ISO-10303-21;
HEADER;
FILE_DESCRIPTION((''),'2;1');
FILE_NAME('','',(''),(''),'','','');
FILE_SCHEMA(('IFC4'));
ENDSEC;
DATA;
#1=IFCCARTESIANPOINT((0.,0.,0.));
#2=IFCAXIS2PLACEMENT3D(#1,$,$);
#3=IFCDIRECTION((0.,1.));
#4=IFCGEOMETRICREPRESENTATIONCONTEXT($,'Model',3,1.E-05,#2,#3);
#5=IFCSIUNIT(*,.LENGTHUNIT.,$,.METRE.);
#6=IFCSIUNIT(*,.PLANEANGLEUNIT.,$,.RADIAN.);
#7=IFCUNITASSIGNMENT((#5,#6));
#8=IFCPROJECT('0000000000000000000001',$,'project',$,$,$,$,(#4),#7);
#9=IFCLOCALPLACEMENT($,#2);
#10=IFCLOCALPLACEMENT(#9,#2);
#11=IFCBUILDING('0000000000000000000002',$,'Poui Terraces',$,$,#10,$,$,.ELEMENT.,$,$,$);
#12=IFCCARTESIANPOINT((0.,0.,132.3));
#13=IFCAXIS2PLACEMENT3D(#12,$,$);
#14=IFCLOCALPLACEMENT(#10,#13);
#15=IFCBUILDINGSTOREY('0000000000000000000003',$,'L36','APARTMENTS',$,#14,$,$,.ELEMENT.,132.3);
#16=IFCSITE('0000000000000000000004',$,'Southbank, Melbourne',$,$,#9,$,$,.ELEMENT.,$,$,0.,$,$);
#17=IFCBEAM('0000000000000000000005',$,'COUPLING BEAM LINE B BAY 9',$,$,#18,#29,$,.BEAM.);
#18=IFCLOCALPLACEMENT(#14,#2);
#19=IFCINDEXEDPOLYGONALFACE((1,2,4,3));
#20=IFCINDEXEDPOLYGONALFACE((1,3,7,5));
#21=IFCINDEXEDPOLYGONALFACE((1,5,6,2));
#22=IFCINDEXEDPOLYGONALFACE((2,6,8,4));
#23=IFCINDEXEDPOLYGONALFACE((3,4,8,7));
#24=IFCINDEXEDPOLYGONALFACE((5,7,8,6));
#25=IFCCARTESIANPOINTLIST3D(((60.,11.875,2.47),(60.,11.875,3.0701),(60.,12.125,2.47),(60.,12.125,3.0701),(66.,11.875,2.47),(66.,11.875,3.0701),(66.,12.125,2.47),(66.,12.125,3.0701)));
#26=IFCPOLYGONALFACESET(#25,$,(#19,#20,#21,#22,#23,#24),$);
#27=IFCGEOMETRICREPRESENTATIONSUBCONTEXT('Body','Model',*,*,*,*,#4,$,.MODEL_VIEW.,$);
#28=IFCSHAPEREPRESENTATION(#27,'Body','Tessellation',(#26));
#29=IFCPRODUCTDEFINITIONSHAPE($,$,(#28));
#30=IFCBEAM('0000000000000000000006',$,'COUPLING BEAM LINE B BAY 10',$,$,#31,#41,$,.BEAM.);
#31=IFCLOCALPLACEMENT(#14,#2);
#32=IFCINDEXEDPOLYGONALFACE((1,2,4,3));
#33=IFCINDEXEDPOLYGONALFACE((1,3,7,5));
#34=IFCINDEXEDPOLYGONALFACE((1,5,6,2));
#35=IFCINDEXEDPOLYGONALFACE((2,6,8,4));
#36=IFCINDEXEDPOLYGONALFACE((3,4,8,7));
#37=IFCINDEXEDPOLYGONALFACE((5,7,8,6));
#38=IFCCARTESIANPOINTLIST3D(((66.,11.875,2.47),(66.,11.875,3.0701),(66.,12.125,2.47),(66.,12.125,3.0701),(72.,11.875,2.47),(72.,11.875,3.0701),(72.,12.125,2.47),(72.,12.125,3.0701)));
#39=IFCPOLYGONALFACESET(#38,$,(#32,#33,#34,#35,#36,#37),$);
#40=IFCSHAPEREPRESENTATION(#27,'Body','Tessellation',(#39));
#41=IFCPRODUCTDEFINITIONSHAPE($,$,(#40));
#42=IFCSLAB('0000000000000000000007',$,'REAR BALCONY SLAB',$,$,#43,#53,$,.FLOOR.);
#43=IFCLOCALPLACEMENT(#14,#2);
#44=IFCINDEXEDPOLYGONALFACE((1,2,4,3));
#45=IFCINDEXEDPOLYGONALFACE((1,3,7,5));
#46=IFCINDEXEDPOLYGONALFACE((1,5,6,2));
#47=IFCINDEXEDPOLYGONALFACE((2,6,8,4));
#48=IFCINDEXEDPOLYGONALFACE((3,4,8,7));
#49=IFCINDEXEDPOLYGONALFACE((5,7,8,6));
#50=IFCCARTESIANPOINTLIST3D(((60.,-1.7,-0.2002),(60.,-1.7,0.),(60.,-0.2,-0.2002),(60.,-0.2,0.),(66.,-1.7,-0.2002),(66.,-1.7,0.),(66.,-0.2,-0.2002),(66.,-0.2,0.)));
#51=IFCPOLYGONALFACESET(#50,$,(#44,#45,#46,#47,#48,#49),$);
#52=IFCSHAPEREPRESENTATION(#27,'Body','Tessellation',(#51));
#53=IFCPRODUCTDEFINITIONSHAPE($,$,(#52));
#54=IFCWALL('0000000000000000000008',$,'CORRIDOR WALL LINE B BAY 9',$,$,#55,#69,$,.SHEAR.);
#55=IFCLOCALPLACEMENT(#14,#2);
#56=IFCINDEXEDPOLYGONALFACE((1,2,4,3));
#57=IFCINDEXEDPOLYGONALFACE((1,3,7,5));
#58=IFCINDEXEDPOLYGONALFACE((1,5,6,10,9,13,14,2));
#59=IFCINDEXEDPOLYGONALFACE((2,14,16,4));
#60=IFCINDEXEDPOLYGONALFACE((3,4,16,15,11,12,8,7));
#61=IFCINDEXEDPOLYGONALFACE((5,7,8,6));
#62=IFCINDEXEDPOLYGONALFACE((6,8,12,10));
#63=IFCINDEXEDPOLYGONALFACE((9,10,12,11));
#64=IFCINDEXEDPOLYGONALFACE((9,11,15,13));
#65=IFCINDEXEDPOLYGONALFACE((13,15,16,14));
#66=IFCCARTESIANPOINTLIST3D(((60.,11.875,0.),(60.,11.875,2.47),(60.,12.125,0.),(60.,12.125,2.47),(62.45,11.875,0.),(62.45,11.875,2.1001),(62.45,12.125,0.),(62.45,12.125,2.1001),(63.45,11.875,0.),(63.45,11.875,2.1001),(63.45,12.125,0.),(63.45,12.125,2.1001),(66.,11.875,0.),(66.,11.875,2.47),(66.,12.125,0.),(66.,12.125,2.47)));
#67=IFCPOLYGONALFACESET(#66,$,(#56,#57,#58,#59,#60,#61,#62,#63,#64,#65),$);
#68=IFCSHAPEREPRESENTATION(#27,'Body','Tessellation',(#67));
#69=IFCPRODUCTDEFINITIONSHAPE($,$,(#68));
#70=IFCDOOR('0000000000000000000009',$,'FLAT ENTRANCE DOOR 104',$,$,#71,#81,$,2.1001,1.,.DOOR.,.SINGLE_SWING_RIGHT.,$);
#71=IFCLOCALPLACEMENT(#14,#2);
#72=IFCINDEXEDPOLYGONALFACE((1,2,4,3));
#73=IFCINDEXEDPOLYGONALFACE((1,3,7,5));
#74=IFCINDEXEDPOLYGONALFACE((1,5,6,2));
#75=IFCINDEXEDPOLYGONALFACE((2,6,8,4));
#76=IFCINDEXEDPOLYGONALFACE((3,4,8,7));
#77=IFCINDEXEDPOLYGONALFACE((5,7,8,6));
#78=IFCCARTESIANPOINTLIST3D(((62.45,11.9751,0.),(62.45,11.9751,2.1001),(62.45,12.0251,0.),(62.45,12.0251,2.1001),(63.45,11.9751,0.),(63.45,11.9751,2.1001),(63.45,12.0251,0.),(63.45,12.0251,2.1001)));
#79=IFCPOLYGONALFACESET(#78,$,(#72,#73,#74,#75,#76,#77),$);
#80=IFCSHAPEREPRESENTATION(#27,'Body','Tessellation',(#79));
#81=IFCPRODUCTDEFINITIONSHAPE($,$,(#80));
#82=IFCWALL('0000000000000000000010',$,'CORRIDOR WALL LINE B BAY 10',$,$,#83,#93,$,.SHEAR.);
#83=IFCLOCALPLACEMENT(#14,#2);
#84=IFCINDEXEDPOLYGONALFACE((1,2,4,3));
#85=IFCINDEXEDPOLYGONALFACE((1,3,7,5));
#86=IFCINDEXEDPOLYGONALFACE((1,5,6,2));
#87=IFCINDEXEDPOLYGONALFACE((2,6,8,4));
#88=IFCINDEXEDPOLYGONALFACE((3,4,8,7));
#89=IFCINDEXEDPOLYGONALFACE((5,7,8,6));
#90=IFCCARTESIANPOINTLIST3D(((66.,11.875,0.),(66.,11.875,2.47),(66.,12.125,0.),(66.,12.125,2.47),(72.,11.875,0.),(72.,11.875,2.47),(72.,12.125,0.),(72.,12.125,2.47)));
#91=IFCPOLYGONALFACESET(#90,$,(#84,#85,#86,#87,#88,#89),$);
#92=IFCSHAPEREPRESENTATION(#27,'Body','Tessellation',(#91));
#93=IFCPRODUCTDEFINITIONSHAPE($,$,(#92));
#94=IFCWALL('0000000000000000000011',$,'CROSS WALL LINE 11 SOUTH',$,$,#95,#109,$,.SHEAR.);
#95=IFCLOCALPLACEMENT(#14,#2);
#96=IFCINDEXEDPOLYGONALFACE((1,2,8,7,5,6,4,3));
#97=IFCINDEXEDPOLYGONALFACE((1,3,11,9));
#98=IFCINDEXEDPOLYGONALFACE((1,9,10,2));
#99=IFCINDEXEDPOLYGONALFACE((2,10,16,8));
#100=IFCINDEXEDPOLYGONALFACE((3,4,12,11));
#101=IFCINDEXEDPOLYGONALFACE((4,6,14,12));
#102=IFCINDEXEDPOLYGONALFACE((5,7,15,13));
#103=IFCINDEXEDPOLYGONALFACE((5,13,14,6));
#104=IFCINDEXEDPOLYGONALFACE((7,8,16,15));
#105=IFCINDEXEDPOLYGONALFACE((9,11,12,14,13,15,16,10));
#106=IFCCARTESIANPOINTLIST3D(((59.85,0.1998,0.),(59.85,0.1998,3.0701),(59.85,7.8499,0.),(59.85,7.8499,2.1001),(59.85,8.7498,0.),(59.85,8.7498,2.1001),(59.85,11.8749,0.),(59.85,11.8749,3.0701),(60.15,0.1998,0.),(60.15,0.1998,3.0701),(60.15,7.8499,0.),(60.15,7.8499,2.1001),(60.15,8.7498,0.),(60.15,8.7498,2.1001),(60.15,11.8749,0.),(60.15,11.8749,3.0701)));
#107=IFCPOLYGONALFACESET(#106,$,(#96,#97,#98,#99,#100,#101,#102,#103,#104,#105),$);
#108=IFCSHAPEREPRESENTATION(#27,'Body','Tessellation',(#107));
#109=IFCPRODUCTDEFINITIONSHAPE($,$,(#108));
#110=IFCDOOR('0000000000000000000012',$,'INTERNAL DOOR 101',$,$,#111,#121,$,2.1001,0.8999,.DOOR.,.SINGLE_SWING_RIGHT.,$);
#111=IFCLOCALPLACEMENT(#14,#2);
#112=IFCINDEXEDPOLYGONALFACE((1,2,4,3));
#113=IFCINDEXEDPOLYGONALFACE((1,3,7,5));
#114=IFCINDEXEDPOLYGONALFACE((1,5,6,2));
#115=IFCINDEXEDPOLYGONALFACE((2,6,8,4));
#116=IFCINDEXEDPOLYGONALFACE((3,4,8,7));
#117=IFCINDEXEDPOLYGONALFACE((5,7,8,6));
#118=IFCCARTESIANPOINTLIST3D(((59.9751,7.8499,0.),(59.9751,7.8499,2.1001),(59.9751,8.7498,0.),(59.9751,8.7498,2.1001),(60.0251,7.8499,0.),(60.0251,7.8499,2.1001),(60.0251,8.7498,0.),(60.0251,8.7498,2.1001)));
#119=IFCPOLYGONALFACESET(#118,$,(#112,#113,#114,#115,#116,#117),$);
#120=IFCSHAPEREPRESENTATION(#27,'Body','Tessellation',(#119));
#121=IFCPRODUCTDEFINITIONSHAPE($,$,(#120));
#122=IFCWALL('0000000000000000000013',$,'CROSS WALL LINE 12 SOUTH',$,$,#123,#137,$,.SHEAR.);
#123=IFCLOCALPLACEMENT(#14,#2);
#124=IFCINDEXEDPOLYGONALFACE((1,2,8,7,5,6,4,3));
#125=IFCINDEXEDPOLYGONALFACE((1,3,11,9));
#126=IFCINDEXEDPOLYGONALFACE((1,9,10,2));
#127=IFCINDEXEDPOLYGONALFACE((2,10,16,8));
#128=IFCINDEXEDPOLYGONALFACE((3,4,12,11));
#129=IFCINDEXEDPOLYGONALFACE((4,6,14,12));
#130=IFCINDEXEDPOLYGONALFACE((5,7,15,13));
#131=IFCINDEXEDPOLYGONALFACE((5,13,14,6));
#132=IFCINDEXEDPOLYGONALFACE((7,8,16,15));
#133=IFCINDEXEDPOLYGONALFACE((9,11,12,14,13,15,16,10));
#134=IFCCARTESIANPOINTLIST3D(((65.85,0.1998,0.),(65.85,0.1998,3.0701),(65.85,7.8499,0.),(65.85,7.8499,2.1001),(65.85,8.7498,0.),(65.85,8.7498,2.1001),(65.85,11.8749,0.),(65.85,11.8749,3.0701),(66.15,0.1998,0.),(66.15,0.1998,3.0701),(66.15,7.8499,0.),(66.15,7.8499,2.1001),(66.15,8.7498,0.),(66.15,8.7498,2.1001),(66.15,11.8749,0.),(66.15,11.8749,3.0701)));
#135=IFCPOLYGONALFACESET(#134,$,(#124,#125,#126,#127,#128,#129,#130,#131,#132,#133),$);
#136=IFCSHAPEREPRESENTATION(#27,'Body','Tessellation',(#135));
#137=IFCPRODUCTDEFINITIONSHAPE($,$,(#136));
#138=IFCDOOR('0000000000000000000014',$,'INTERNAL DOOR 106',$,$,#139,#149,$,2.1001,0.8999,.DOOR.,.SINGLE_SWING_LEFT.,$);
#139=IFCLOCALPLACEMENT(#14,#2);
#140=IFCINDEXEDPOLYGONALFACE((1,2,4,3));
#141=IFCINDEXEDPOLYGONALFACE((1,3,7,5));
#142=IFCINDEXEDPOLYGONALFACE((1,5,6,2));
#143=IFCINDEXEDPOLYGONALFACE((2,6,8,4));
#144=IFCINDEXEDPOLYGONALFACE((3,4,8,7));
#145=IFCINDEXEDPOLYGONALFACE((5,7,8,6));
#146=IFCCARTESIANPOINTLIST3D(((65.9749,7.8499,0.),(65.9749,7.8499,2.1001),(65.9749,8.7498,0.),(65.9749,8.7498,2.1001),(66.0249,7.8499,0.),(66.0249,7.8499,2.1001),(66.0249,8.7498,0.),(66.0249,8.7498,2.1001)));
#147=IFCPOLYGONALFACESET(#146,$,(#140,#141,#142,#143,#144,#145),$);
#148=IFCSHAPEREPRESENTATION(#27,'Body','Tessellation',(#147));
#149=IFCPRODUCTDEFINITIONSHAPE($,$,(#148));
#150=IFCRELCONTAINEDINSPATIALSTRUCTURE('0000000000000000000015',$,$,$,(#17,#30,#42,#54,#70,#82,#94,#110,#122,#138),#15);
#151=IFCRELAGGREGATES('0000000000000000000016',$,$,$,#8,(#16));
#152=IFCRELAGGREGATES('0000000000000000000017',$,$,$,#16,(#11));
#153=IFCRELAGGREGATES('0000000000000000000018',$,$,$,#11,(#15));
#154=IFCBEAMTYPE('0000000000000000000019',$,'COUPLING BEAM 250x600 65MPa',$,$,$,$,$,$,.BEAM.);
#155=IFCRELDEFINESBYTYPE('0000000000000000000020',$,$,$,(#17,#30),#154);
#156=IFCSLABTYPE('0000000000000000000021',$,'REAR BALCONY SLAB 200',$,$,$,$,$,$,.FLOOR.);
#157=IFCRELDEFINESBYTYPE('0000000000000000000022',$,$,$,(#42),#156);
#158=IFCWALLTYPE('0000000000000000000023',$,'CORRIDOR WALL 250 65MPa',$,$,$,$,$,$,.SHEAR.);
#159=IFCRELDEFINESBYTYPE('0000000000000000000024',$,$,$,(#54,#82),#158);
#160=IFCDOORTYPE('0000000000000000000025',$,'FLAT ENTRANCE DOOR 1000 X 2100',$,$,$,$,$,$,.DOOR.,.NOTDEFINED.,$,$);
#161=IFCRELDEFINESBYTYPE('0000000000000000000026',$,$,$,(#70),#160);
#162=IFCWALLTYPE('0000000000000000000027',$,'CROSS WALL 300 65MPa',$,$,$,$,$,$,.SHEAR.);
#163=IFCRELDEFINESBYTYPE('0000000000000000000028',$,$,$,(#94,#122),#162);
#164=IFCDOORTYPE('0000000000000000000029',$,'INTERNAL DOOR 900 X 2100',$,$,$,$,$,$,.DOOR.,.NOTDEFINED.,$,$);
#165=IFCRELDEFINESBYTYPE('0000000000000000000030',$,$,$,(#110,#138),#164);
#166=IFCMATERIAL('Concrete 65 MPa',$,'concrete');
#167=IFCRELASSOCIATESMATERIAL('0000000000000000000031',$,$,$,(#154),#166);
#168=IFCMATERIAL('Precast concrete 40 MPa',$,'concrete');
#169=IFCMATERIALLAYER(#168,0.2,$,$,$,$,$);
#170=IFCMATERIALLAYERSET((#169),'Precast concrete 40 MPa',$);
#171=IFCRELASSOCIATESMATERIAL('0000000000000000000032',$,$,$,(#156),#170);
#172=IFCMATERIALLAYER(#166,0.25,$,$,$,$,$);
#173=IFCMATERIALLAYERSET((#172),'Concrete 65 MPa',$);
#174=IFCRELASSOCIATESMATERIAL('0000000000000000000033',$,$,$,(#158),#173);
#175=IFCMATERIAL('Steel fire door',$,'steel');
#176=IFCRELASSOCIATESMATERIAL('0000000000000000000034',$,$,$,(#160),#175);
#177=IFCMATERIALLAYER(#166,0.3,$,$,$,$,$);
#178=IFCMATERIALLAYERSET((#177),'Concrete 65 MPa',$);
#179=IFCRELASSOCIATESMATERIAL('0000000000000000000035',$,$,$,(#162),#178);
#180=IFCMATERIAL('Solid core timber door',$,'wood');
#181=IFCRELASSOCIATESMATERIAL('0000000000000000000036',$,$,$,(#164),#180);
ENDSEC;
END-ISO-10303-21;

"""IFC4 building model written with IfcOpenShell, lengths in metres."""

from ifc_helpers import new_model, si_unit, direction, frame, frame_2d, origin, origin_2d, place, context, subcontext, project, spatial, polyline, rectangle, outline, extrude, source, transform, mapped, material, layer, layer_set, material_profile, profile_set, type_object, element, fill, save


model = new_model("IFC4")

# Units and contexts
model_context = context("Model", 3, precision=1e-05, world=origin(), true_north=direction((0.0, 1.0)))
body_context = subcontext(model_context, "Body", "Model", "MODEL_VIEW")
ifc_project = project(units=[si_unit("LENGTHUNIT", "METRE"), si_unit("PLANEANGLEUNIT", "RADIAN")], contexts=[model_context])

# Site, building, storey
site_placement = place(None, origin())
site = spatial("IfcSite", under=ifc_project, at=site_placement, Name="Southbank, Melbourne", CompositionType="ELEMENT", RefElevation=0.0)
building_placement = place(site_placement, origin())
building = spatial("IfcBuilding", under=site, at=building_placement, Name="Poui Terraces", CompositionType="ELEMENT")
storey_placement = place(building_placement, frame((0.0, 0.0, 132.3)))
storey = spatial("IfcBuildingStorey", under=building, at=storey_placement, Name="L36", Description="APARTMENTS", CompositionType="ELEMENT", Elevation=132.3)

# Beams
ifc_material_1 = material(Name="Concrete 65 MPa", Category="concrete")
ifc_material_profile_1 = material_profile(ifc_material_1, rectangle(XDim=0.25, YDim=0.6001, at=origin_2d()), Name="RC 250x600")
ifc_profile_set_1 = profile_set([ifc_material_profile_1], Name="Concrete 65 MPa")
beam_type = type_object("IfcBeamType", Name="COUPLING BEAM 250x600 65MPa", PredefinedType="BEAM", material=ifc_profile_set_1)
shared_shape_1 = source(origin(), body_context, "Body", "SweptSolid", [
    extrude(rectangle(XDim=0.25, YDim=0.6001, at=origin_2d()), origin(), (0.0, 0.0, 1.0), 6.0),
])
for number, where, z_axis, x_axis, name in (
    (1, (60.0, 12.0, 2.77), (1.0, 0.0, 0.0), (0.0, 1.0, 0.0), "COUPLING BEAM LINE B BAY 9"),
    (2, (66.0, 12.0, 2.77), (1.0, 0.0, 0.0), (0.0, 1.0, 0.0), "COUPLING BEAM LINE B BAY 10"),
):
    element("IfcBeam", number, at=place(storey_placement, frame(where, z_axis=z_axis, x_axis=x_axis)), inside=storey, type_object=beam_type, Name=name, PredefinedType="BEAM", context=body_context, shape_type="MappedRepresentation", body=[
        mapped(shared_shape_1, transform((0.0, 0.0, 0.0))),
    ])

# Slab
ifc_material_2 = material(Name="Precast concrete 40 MPa", Category="concrete")
ifc_layer_1 = layer(ifc_material_2, 0.2)
ifc_layer_set_1 = layer_set([ifc_layer_1], Name="Precast concrete 40 MPa")
slab_type = type_object("IfcSlabType", Name="REAR BALCONY SLAB 200", PredefinedType="FLOOR", material=ifc_layer_set_1)
shared_shape_2 = source(origin(), body_context, "Body", "SweptSolid", [
    extrude(outline(polyline([(0.0, 0.0), (6.0, 0.0), (6.0, 1.5), (0.0, 1.5), (0.0, 0.0)])), origin(), (0.0, 0.0, 1.0), 0.2002),
])
slab_placement = place(storey_placement, frame((60.0, -1.7, -0.2002)))
element("IfcSlab", 3, at=slab_placement, inside=storey, type_object=slab_type, Name="REAR BALCONY SLAB", PredefinedType="FLOOR", context=body_context, shape_type="MappedRepresentation", body=[
    mapped(shared_shape_2, transform((0.0, 0.0, 0.0))),
])

# Wall, opening, door
ifc_layer_2 = layer(ifc_material_1, 0.25)
ifc_layer_set_2 = layer_set([ifc_layer_2], Name="Concrete 65 MPa")
wall_type_1 = type_object("IfcWallType", Name="CORRIDOR WALL 250 65MPa", PredefinedType="SHEAR", material=ifc_layer_set_2)
wall_1_placement = place(storey_placement, frame((60.0, 12.0, 0.0), z_axis=(0.0, 0.0, 1.0), x_axis=(1.0, 0.0, 0.0)))
wall_1 = element("IfcWall", 4, at=wall_1_placement, inside=storey, type_object=wall_type_1, Name="CORRIDOR WALL LINE B BAY 9", PredefinedType="SHEAR", context=body_context, shape_type="SweptSolid", body=[
    extrude(rectangle(XDim=6.0, YDim=0.25, at=frame_2d((3.0, 0.0))), origin(), (0.0, 0.0, 1.0), 2.47),
])
opening_1_placement = place(wall_1_placement, frame((2.45, 0.0, 0.0)))
opening_1 = element("IfcOpeningElement", 5, at=opening_1_placement, cuts=wall_1, PredefinedType="OPENING", context=body_context, shape_type="SweptSolid", body=[
    extrude(rectangle(XDim=1.0, YDim=2.1001, at=frame_2d((0.5, 1.05))), frame((0.0, 0.135, 0.0), z_axis=(0.0, -1.0, 0.0), x_axis=(1.0, 0.0, 0.0)), (0.0, 0.0, 1.0), 0.27),
])
ifc_material_3 = material(Name="Steel fire door", Category="steel")
door_type_1 = type_object("IfcDoorType", Name="FLAT ENTRANCE DOOR 1000 X 2100", OperationType="NOTDEFINED", PredefinedType="DOOR", material=ifc_material_3)
door_1_placement = place(opening_1_placement, frame((1.0, 0.0, 0.0), z_axis=(0.0, 0.0, 1.0), x_axis=(-1.0, 0.0, 0.0)))
door_1 = element("IfcDoor", 6, at=door_1_placement, inside=storey, type_object=door_type_1, Name="FLAT ENTRANCE DOOR 104", OperationType="SINGLE_SWING_RIGHT", OverallHeight=2.1001, OverallWidth=1.0, PredefinedType="DOOR", context=body_context, shape_type="SweptSolid", body=[
    extrude(rectangle(XDim=1.0, YDim=2.1001, at=frame_2d((0.5, 1.05))), frame((0.0, 0.0249, 0.0), z_axis=(0.0, -1.0, 0.0), x_axis=(1.0, 0.0, 0.0)), (0.0, 0.0, 1.0), 0.05),
])
fill(opening_1, door_1)

# Wall
wall_2_placement = place(storey_placement, frame((66.0, 12.0, 0.0), z_axis=(0.0, 0.0, 1.0), x_axis=(1.0, 0.0, 0.0)))
element("IfcWall", 7, at=wall_2_placement, inside=storey, type_object=wall_type_1, Name="CORRIDOR WALL LINE B BAY 10", PredefinedType="SHEAR", context=body_context, shape_type="SweptSolid", body=[
    extrude(rectangle(XDim=6.0, YDim=0.25, at=frame_2d((3.0, 0.0))), origin(), (0.0, 0.0, 1.0), 2.47),
])

# Walls, openings, doors
ifc_layer_3 = layer(ifc_material_1, 0.3)
ifc_layer_set_3 = layer_set([ifc_layer_3], Name="Concrete 65 MPa")
wall_type_2 = type_object("IfcWallType", Name="CROSS WALL 300 65MPa", PredefinedType="SHEAR", material=ifc_layer_set_3)
wall_3_placement = place(storey_placement, frame((60.0, 0.2, 0.0), z_axis=(0.0, 0.0, 1.0), x_axis=(0.0, 1.0, 0.0)))
wall_3 = element("IfcWall", 8, at=wall_3_placement, inside=storey, type_object=wall_type_2, Name="CROSS WALL LINE 11 SOUTH", PredefinedType="SHEAR", context=body_context, shape_type="SweptSolid", body=[
    extrude(rectangle(XDim=11.675, YDim=0.3, at=frame_2d((5.8374, 0.0))), origin(), (0.0, 0.0, 1.0), 3.0701),
])
opening_2_placement = place(wall_3_placement, frame((7.6499, 0.0, 0.0)))
opening_2 = element("IfcOpeningElement", 9, at=opening_2_placement, cuts=wall_3, PredefinedType="OPENING", context=body_context, shape_type="SweptSolid", body=[
    extrude(rectangle(XDim=0.8999, YDim=2.1001, at=frame_2d((0.45, 1.05))), frame((0.0, 0.1602, 0.0), z_axis=(0.0, -1.0, 0.0), x_axis=(1.0, 0.0, 0.0)), (0.0, 0.0, 1.0), 0.3201),
])
ifc_material_4 = material(Name="Solid core timber door", Category="wood")
door_type_2 = type_object("IfcDoorType", Name="INTERNAL DOOR 900 X 2100", OperationType="NOTDEFINED", PredefinedType="DOOR", material=ifc_material_4)
door_2_placement = place(opening_2_placement, origin())
door_2 = element("IfcDoor", 10, at=door_2_placement, inside=storey, type_object=door_type_2, Name="INTERNAL DOOR 101", OperationType="SINGLE_SWING_RIGHT", OverallHeight=2.1001, OverallWidth=0.8999, PredefinedType="DOOR", context=body_context, shape_type="SweptSolid", body=[
    extrude(rectangle(XDim=0.8999, YDim=2.1001, at=frame_2d((0.45, 1.05))), frame((0.0, 0.0249, 0.0), z_axis=(0.0, -1.0, 0.0), x_axis=(1.0, 0.0, 0.0)), (0.0, 0.0, 1.0), 0.05),
])
fill(opening_2, door_2)
wall_4_placement = place(storey_placement, frame((66.0, 0.2, 0.0), z_axis=(0.0, 0.0, 1.0), x_axis=(0.0, 1.0, 0.0)))
wall_4 = element("IfcWall", 11, at=wall_4_placement, inside=storey, type_object=wall_type_2, Name="CROSS WALL LINE 12 SOUTH", PredefinedType="SHEAR", context=body_context, shape_type="SweptSolid", body=[
    extrude(rectangle(XDim=11.675, YDim=0.3, at=frame_2d((5.8374, 0.0))), origin(), (0.0, 0.0, 1.0), 3.0701),
])
opening_3_placement = place(wall_4_placement, frame((7.6499, 0.0, 0.0)))
opening_3 = element("IfcOpeningElement", 12, at=opening_3_placement, cuts=wall_4, PredefinedType="OPENING", context=body_context, shape_type="SweptSolid", body=[
    extrude(rectangle(XDim=0.8999, YDim=2.1001, at=frame_2d((0.45, 1.05))), frame((0.0, 0.1602, 0.0), z_axis=(0.0, -1.0, 0.0), x_axis=(1.0, 0.0, 0.0)), (0.0, 0.0, 1.0), 0.3201),
])
door_3_placement = place(opening_3_placement, frame((0.8999, 0.0, 0.0), z_axis=(0.0, 0.0, 1.0), x_axis=(-1.0, 0.0, 0.0)))
door_3 = element("IfcDoor", 13, at=door_3_placement, inside=storey, type_object=door_type_2, Name="INTERNAL DOOR 106", OperationType="SINGLE_SWING_LEFT", OverallHeight=2.1001, OverallWidth=0.8999, PredefinedType="DOOR", context=body_context, shape_type="SweptSolid", body=[
    extrude(rectangle(XDim=0.8999, YDim=2.1001, at=frame_2d((0.45, 1.05))), frame((0.0, 0.0249, 0.0), z_axis=(0.0, -1.0, 0.0), x_axis=(1.0, 0.0, 0.0)), (0.0, 0.0, 1.0), 0.05),
])
fill(opening_3, door_3)

save(model, "model.ifc")
